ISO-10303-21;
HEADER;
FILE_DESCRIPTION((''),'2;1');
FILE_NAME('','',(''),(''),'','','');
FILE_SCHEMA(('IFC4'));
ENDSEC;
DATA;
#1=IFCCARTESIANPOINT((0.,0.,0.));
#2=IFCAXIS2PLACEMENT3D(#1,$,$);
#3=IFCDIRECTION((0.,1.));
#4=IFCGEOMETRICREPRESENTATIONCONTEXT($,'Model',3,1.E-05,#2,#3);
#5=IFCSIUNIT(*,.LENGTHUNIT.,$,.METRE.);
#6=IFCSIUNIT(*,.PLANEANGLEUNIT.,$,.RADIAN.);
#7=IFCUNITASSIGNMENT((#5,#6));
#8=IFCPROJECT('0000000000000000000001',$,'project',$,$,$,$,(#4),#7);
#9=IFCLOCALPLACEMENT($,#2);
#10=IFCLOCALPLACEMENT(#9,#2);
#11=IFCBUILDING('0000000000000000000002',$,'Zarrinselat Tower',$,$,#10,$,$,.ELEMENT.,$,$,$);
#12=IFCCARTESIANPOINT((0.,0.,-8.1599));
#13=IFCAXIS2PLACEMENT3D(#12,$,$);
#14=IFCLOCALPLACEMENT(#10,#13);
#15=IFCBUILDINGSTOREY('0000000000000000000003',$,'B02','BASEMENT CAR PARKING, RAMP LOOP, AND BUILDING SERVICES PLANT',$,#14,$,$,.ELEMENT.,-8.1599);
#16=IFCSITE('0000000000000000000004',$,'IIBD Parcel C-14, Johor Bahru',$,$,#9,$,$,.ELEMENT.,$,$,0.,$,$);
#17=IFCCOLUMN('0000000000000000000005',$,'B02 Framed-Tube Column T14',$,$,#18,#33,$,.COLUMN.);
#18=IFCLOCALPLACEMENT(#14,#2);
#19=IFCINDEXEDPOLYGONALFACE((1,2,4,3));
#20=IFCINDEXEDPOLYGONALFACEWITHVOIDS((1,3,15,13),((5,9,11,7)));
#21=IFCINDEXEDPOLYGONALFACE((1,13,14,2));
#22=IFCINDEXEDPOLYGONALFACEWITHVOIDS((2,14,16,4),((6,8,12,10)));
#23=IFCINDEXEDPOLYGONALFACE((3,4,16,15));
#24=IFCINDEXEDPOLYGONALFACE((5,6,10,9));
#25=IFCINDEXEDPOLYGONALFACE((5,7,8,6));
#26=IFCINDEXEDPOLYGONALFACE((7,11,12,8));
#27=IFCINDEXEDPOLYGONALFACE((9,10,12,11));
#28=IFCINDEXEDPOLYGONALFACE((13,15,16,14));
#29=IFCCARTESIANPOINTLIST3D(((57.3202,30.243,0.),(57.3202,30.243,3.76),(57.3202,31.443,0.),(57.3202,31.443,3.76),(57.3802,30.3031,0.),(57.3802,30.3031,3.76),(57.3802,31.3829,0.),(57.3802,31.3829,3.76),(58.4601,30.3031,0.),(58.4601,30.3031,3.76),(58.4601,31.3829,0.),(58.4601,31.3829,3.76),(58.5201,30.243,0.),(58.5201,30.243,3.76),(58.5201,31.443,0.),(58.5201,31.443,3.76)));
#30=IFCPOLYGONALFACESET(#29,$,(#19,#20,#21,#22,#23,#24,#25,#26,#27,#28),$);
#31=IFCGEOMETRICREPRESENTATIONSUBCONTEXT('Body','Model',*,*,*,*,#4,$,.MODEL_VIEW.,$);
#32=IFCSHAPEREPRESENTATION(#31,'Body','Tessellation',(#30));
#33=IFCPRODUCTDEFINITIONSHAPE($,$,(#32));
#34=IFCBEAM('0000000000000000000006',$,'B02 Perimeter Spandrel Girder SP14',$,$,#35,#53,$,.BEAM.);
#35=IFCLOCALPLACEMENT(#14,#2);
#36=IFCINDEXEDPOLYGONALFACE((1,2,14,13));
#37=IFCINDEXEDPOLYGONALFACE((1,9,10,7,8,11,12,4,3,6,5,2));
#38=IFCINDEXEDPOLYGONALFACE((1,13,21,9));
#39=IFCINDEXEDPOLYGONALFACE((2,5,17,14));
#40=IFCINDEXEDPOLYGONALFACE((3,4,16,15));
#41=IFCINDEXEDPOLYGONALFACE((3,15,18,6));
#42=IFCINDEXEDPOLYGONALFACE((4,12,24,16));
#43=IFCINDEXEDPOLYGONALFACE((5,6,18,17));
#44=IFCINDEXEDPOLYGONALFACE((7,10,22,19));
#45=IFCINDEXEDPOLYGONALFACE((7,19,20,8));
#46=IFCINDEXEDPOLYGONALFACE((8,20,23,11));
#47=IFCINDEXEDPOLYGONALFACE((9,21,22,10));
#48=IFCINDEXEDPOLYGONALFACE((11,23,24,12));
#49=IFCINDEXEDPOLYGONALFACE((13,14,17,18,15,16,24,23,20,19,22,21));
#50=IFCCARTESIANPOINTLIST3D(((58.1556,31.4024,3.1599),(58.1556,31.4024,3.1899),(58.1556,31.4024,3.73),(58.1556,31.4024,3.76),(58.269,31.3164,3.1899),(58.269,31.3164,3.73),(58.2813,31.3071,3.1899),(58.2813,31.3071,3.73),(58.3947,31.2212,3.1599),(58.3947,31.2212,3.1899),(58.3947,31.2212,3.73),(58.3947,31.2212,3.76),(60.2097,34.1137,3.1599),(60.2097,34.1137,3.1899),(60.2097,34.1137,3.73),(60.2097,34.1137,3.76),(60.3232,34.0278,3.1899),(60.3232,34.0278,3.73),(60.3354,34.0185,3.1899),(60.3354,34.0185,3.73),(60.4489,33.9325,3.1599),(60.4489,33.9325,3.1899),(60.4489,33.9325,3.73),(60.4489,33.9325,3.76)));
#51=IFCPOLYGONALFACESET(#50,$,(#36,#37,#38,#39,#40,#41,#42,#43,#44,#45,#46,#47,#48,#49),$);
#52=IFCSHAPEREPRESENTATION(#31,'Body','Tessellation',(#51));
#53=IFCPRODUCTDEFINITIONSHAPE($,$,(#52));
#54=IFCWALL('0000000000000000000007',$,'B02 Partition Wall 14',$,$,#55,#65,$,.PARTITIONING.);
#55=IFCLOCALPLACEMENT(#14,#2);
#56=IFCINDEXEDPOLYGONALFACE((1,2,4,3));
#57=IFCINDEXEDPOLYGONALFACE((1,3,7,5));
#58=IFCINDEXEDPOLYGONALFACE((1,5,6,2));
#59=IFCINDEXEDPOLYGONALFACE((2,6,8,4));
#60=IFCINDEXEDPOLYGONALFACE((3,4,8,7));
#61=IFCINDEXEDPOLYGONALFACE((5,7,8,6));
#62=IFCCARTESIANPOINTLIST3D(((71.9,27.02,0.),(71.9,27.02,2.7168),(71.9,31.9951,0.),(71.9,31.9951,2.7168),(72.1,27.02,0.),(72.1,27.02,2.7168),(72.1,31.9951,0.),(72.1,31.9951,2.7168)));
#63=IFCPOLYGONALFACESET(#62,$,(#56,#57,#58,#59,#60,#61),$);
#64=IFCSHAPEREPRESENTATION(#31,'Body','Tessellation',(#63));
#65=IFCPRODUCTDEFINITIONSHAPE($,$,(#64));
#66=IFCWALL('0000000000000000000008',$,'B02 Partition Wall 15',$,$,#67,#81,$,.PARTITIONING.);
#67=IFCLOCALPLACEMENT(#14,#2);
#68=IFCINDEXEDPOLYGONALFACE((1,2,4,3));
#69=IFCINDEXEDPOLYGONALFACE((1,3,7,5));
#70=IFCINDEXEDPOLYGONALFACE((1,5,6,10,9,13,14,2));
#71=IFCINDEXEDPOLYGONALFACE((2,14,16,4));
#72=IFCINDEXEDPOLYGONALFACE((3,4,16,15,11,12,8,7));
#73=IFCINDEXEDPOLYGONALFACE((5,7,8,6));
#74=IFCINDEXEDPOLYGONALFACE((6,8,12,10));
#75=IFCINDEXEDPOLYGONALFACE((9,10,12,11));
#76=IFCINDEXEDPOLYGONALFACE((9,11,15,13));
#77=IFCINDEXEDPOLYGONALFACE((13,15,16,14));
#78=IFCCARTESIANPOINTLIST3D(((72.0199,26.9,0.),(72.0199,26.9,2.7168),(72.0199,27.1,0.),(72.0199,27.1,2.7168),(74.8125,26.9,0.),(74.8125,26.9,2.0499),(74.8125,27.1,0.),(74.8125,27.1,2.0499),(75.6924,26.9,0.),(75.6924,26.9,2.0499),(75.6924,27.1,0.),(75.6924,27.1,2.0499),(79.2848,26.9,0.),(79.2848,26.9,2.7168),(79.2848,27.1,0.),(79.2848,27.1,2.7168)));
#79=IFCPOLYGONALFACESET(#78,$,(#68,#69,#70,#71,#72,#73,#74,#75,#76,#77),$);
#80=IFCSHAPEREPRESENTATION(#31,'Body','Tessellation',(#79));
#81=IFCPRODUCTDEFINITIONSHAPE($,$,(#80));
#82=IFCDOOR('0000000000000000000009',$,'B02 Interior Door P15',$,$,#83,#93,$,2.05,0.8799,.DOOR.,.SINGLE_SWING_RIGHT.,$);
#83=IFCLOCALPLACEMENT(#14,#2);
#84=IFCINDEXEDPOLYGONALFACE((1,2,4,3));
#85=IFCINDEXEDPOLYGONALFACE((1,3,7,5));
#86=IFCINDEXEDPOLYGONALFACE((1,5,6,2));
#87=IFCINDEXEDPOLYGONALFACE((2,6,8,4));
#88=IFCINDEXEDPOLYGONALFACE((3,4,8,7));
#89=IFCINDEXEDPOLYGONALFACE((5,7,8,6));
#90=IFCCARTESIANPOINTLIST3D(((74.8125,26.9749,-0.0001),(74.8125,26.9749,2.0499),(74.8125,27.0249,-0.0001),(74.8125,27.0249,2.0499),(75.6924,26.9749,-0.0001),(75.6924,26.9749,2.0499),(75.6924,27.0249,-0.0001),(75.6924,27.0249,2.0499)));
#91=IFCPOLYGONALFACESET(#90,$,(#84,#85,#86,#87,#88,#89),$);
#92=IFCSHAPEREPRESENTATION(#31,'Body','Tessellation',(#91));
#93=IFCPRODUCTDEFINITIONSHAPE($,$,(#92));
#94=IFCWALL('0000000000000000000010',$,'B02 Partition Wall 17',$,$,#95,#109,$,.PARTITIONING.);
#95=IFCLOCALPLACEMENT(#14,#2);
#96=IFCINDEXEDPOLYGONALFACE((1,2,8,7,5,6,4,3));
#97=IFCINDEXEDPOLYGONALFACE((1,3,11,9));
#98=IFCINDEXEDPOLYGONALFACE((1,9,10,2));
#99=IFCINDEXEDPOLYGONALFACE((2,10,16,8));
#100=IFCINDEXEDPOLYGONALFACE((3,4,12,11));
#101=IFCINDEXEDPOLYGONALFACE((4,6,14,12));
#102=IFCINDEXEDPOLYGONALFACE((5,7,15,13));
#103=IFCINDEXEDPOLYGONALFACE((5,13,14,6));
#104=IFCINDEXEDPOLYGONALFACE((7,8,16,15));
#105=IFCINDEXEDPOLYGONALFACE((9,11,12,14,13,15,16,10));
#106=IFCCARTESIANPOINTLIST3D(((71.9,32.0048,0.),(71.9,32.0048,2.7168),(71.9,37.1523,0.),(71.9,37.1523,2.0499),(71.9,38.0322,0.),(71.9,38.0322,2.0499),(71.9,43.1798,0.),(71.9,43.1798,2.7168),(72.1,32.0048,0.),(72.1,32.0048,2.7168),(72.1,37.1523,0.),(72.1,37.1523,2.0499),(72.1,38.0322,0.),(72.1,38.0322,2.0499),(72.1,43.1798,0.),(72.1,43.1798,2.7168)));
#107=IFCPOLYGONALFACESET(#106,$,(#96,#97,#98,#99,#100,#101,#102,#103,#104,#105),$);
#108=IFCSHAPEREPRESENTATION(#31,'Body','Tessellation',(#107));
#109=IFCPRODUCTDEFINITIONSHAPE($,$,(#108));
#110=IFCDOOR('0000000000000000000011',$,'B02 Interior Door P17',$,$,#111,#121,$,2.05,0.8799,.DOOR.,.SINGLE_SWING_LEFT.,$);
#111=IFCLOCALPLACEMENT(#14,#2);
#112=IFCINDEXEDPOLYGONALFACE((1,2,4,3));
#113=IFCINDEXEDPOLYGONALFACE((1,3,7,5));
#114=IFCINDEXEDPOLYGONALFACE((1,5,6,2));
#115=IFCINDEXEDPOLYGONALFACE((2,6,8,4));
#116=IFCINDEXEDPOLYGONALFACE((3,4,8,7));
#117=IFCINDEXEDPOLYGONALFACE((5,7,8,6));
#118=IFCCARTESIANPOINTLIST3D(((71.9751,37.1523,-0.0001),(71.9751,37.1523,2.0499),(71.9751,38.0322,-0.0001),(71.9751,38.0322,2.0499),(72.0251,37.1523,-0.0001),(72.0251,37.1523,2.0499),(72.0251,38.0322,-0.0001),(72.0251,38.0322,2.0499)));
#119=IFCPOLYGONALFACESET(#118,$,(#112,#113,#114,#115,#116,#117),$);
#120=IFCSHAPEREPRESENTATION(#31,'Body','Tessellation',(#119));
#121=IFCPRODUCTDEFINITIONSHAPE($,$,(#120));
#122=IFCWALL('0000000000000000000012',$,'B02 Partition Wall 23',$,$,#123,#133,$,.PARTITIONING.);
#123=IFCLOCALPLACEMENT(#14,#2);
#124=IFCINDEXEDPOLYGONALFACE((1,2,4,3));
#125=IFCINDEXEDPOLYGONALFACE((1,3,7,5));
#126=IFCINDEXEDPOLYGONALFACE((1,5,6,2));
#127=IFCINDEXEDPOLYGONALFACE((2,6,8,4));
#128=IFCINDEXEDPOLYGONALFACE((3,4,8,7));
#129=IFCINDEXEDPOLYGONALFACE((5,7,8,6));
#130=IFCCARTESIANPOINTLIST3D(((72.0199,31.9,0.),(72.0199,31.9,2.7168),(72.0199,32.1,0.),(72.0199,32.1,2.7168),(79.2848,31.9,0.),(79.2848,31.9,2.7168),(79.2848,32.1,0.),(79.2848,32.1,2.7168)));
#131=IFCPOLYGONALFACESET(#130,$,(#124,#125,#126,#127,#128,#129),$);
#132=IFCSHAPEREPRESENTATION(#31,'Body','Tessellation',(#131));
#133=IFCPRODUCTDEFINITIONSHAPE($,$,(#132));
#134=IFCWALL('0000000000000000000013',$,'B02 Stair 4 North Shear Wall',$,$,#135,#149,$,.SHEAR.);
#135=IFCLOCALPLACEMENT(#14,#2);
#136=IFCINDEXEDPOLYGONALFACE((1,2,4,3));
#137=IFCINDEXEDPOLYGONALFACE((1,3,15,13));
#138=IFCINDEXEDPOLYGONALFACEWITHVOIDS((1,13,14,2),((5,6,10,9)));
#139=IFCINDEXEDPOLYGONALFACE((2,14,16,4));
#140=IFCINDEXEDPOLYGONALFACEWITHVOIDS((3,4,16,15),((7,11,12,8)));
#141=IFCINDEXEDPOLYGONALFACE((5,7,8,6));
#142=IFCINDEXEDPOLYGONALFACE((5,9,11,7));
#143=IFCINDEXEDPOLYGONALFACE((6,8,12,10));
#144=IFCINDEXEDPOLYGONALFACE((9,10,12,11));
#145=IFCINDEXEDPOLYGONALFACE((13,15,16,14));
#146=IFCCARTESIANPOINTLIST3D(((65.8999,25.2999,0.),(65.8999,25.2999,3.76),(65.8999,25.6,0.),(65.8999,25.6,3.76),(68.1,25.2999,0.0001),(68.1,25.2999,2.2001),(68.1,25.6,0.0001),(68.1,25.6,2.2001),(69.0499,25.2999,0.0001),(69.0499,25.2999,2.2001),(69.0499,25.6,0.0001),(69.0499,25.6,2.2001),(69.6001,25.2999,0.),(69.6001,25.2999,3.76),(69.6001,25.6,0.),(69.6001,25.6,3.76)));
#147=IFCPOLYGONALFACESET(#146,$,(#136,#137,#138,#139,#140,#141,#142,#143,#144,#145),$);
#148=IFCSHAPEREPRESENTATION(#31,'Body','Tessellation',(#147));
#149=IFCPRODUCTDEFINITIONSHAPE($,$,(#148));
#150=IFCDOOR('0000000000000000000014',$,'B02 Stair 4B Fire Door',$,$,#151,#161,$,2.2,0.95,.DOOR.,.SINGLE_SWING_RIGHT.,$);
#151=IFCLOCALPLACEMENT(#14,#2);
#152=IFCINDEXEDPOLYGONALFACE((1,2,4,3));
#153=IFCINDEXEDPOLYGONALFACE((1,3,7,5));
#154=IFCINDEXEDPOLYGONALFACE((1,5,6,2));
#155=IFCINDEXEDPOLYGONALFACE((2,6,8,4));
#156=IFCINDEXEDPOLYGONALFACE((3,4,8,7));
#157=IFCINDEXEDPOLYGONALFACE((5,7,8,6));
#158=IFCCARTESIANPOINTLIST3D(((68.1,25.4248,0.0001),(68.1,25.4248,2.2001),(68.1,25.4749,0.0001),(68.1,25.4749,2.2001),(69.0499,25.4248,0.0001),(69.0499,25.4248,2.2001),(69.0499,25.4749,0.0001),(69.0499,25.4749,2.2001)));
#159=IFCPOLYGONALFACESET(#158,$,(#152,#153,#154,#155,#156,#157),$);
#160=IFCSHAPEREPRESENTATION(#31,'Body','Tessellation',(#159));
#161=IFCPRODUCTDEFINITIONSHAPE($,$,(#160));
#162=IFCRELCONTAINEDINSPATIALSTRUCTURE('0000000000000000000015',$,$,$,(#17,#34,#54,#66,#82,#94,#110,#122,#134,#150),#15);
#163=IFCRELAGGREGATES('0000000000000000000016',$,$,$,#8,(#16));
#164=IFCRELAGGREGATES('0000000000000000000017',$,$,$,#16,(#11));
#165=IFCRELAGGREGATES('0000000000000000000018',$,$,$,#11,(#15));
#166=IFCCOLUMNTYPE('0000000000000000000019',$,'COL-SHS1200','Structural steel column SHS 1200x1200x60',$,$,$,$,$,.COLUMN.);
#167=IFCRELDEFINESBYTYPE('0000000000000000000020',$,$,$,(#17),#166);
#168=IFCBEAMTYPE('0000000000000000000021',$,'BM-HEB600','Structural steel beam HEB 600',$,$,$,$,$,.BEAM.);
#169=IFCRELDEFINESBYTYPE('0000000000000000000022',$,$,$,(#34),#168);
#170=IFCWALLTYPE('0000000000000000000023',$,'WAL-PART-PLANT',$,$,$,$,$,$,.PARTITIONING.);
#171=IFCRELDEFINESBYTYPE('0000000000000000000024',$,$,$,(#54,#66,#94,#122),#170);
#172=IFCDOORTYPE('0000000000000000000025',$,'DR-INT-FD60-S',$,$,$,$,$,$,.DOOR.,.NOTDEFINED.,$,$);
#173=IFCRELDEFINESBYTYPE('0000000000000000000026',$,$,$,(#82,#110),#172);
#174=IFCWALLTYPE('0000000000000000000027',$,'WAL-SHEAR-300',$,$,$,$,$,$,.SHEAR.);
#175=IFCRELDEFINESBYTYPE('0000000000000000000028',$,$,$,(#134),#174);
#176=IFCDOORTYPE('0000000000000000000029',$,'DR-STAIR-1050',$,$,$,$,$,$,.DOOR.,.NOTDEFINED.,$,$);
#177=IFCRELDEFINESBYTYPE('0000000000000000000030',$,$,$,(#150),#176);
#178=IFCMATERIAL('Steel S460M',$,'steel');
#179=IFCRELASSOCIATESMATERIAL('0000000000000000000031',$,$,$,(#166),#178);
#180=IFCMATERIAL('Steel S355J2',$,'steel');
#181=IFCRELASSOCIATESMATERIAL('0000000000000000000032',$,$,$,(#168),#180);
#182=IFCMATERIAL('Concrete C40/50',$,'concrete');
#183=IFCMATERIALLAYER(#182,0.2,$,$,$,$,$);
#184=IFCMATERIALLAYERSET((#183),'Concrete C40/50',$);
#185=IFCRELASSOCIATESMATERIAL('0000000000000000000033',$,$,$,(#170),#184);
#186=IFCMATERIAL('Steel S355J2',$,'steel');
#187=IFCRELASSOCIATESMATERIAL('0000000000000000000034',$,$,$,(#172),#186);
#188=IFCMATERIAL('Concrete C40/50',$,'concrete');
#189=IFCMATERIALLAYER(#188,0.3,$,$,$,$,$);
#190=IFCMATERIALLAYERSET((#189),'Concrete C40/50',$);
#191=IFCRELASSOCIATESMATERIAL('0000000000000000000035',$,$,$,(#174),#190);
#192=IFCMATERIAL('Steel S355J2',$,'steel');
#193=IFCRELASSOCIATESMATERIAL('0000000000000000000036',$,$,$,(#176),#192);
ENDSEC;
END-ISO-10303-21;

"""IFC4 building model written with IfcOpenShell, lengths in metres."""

from ifc_helpers import new_model, si_unit, direction, frame, frame_2d, origin, origin_2d, place, context, subcontext, project, spatial, rectangle, hollow_rectangle, i_section, extrude, material, layer, layer_set, material_profile, profile_set, type_object, element, fill, save


model = new_model("IFC4")

# Units and contexts
model_context = context("Model", 3, precision=1e-05, world=origin(), true_north=direction((0.0, 1.0)))
body_context = subcontext(model_context, "Body", "Model", "MODEL_VIEW")
ifc_project = project(units=[si_unit("LENGTHUNIT", "METRE"), si_unit("PLANEANGLEUNIT", "RADIAN")], contexts=[model_context])

# Site, building, storey
site_placement = place(None, origin())
site = spatial("IfcSite", under=ifc_project, at=site_placement, Name="IIBD Parcel C-14, Johor Bahru", CompositionType="ELEMENT", RefElevation=0.0)
building_placement = place(site_placement, origin())
building = spatial("IfcBuilding", under=site, at=building_placement, Name="Zarrinselat Tower", CompositionType="ELEMENT")
storey_placement = place(building_placement, frame((0.0, 0.0, -8.1599)))
storey = spatial("IfcBuildingStorey", under=building, at=storey_placement, Name="B02", Description="BASEMENT CAR PARKING, RAMP LOOP, AND BUILDING SERVICES PLANT", CompositionType="ELEMENT", Elevation=-8.1599)

# Column
ifc_material_1 = material(Name="Steel S460M", Category="steel")
ifc_material_profile_1 = material_profile(ifc_material_1, hollow_rectangle(XDim=1.2, YDim=1.2, WallThickness=0.0601, at=origin_2d()), Name="SHS 1200x1200x60")
ifc_profile_set_1 = profile_set([ifc_material_profile_1], Name="Steel S460M")
column_type_1 = type_object("IfcColumnType", Name="COL-SHS1200", Description="Structural steel column SHS 1200x1200x60", PredefinedType="COLUMN", material=ifc_profile_set_1)
column_placement = place(storey_placement, frame((57.9202, 30.843, 0.0), z_axis=(0.0, 0.0, 1.0), x_axis=(1.0, 0.0, 0.0)))
element("IfcColumn", 1, at=column_placement, inside=storey, type_object=column_type_1, Name="B02 Framed-Tube Column T14", PredefinedType="COLUMN", context=body_context, shape_type="SweptSolid", body=[
    extrude(hollow_rectangle(XDim=1.2, YDim=1.2, WallThickness=0.0601, at=origin_2d()), origin(), (0.0, 0.0, 1.0), 3.76),
])

# Beam
ifc_material_2 = material(Name="Steel S355J2", Category="steel")
ifc_material_profile_2 = material_profile(ifc_material_2, i_section(OverallWidth=0.3, OverallDepth=0.6001, WebThickness=0.0154, FlangeThickness=0.03, at=origin_2d()), Name="HEB 600")
ifc_profile_set_2 = profile_set([ifc_material_profile_2], Name="Steel S355J2")
beam_type = type_object("IfcBeamType", Name="BM-HEB600", Description="Structural steel beam HEB 600", PredefinedType="BEAM", material=ifc_profile_set_2)
beam_placement = place(storey_placement, frame((58.2751, 31.3118, 3.46), z_axis=(0.603874, 0.79708, 0.0), x_axis=(-0.79708, 0.603874, 0.0)))
element("IfcBeam", 2, at=beam_placement, inside=storey, type_object=beam_type, Name="B02 Perimeter Spandrel Girder SP14", PredefinedType="BEAM", context=body_context, shape_type="SweptSolid", body=[
    extrude(i_section(OverallWidth=0.3, OverallDepth=0.6001, WebThickness=0.0154, FlangeThickness=0.03, at=origin_2d()), origin(), (0.0, 0.0, 1.0), 3.4016),
])

# Wall
ifc_material_3 = material(Name="Concrete C40/50", Category="concrete")
ifc_layer_1 = layer(ifc_material_3, 0.2)
ifc_layer_set_1 = layer_set([ifc_layer_1], Name="Concrete C40/50")
wall_type_1 = type_object("IfcWallType", Name="WAL-PART-PLANT", PredefinedType="PARTITIONING", material=ifc_layer_set_1)
wall_1_placement = place(storey_placement, frame((72.0, 27.02, 0.0), z_axis=(0.0, 0.0, 1.0), x_axis=(0.0, 1.0, 0.0)))
element("IfcWall", 3, at=wall_1_placement, inside=storey, type_object=wall_type_1, Name="B02 Partition Wall 14", PredefinedType="PARTITIONING", context=body_context, shape_type="SweptSolid", body=[
    extrude(rectangle(XDim=4.9751, YDim=0.2, at=frame_2d((2.4875, 0.0))), origin(), (0.0, 0.0, 1.0), 2.7168),
])

# Walls, openings, doors
wall_2_placement = place(storey_placement, frame((72.02, 27.0, 0.0), z_axis=(0.0, 0.0, 1.0), x_axis=(1.0, 0.0, 0.0)))
wall_2 = element("IfcWall", 4, at=wall_2_placement, inside=storey, type_object=wall_type_1, Name="B02 Partition Wall 15", PredefinedType="PARTITIONING", context=body_context, shape_type="SweptSolid", body=[
    extrude(rectangle(XDim=7.2649, YDim=0.2, at=frame_2d((3.6323, 0.0))), origin(), (0.0, 0.0, 1.0), 2.7168),
])
opening_1_placement = place(wall_2_placement, frame((2.7925, 0.0, 0.0)))
opening_1 = element("IfcOpeningElement", 5, at=opening_1_placement, cuts=wall_2, PredefinedType="OPENING", context=body_context, shape_type="SweptSolid", body=[
    extrude(rectangle(XDim=0.8799, YDim=2.05, at=frame_2d((0.4399, 1.0249))), frame((0.0, 0.1099, 0.0), z_axis=(0.0, -1.0, 0.0), x_axis=(1.0, 0.0, 0.0)), (0.0, 0.0, 1.0), 0.22),
])
ifc_material_4 = material(Name="Steel S355J2", Category="steel")
door_type_1 = type_object("IfcDoorType", Name="DR-INT-FD60-S", OperationType="NOTDEFINED", PredefinedType="DOOR", material=ifc_material_4)
door_1_placement = place(opening_1_placement, origin())
door_1 = element("IfcDoor", 6, at=door_1_placement, inside=storey, type_object=door_type_1, Name="B02 Interior Door P15", OperationType="SINGLE_SWING_RIGHT", OverallHeight=2.05, OverallWidth=0.8799, PredefinedType="DOOR", context=body_context, shape_type="SweptSolid", body=[
    extrude(rectangle(XDim=0.8799, YDim=2.05, at=frame_2d((0.4399, 1.0249))), frame((0.0, 0.0249, 0.0), z_axis=(0.0, -1.0, 0.0), x_axis=(1.0, 0.0, 0.0)), (0.0, 0.0, 1.0), 0.05),
])
fill(opening_1, door_1)
wall_3_placement = place(storey_placement, frame((72.0, 32.0049, 0.0), z_axis=(0.0, 0.0, 1.0), x_axis=(0.0, 1.0, 0.0)))
wall_3 = element("IfcWall", 7, at=wall_3_placement, inside=storey, type_object=wall_type_1, Name="B02 Partition Wall 17", PredefinedType="PARTITIONING", context=body_context, shape_type="SweptSolid", body=[
    extrude(rectangle(XDim=11.175, YDim=0.2, at=frame_2d((5.5874, 0.0))), origin(), (0.0, 0.0, 1.0), 2.7168),
])
opening_2_placement = place(wall_3_placement, frame((5.1475, 0.0, 0.0)))
opening_2 = element("IfcOpeningElement", 8, at=opening_2_placement, cuts=wall_3, PredefinedType="OPENING", context=body_context, shape_type="SweptSolid", body=[
    extrude(rectangle(XDim=0.8799, YDim=2.05, at=frame_2d((0.4399, 1.0249))), frame((0.0, 0.1099, 0.0), z_axis=(0.0, -1.0, 0.0), x_axis=(1.0, 0.0, 0.0)), (0.0, 0.0, 1.0), 0.22),
])
door_2_placement = place(opening_2_placement, origin())
door_2 = element("IfcDoor", 9, at=door_2_placement, inside=storey, type_object=door_type_1, Name="B02 Interior Door P17", OperationType="SINGLE_SWING_LEFT", OverallHeight=2.05, OverallWidth=0.8799, PredefinedType="DOOR", context=body_context, shape_type="SweptSolid", body=[
    extrude(rectangle(XDim=0.8799, YDim=2.05, at=frame_2d((0.4399, 1.0249))), frame((0.0, 0.0249, 0.0), z_axis=(0.0, -1.0, 0.0), x_axis=(1.0, 0.0, 0.0)), (0.0, 0.0, 1.0), 0.05),
])
fill(opening_2, door_2)

# Wall
wall_4_placement = place(storey_placement, frame((72.02, 32.0, 0.0), z_axis=(0.0, 0.0, 1.0), x_axis=(1.0, 0.0, 0.0)))
element("IfcWall", 10, at=wall_4_placement, inside=storey, type_object=wall_type_1, Name="B02 Partition Wall 23", PredefinedType="PARTITIONING", context=body_context, shape_type="SweptSolid", body=[
    extrude(rectangle(XDim=7.2649, YDim=0.2, at=frame_2d((3.6323, 0.0))), origin(), (0.0, 0.0, 1.0), 2.7168),
])

# Wall, opening, door
ifc_material_5 = material(Name="Concrete C40/50", Category="concrete")
ifc_layer_2 = layer(ifc_material_5, 0.3)
ifc_layer_set_2 = layer_set([ifc_layer_2], Name="Concrete C40/50")
wall_type_2 = type_object("IfcWallType", Name="WAL-SHEAR-300", PredefinedType="SHEAR", material=ifc_layer_set_2)
wall_5_placement = place(storey_placement, frame((65.8999, 25.45, 0.0), z_axis=(0.0, 0.0, 1.0), x_axis=(1.0, 0.0, 0.0)))
wall_5 = element("IfcWall", 11, at=wall_5_placement, inside=storey, type_object=wall_type_2, Name="B02 Stair 4 North Shear Wall", PredefinedType="SHEAR", context=body_context, shape_type="SweptSolid", body=[
    extrude(rectangle(XDim=3.7002, YDim=0.3, at=frame_2d((1.8501, 0.0))), origin(), (0.0, 0.0, 1.0), 3.76),
])
opening_3_placement = place(wall_5_placement, frame((2.2, 0.0, 0.0)))
opening_3 = element("IfcOpeningElement", 12, at=opening_3_placement, cuts=wall_5, PredefinedType="OPENING", context=body_context, shape_type="SweptSolid", body=[
    extrude(rectangle(XDim=0.95, YDim=2.2, at=frame_2d((0.4751, 1.1001))), frame((0.0, 0.1599, 0.0), z_axis=(0.0, -1.0, 0.0), x_axis=(1.0, 0.0, 0.0)), (0.0, 0.0, 1.0), 0.3201),
])
ifc_material_6 = material(Name="Steel S355J2", Category="steel")
door_type_2 = type_object("IfcDoorType", Name="DR-STAIR-1050", OperationType="NOTDEFINED", PredefinedType="DOOR", material=ifc_material_6)
door_3_placement = place(opening_3_placement, origin())
door_3 = element("IfcDoor", 13, at=door_3_placement, inside=storey, type_object=door_type_2, Name="B02 Stair 4B Fire Door", OperationType="SINGLE_SWING_RIGHT", OverallHeight=2.2, OverallWidth=0.95, PredefinedType="DOOR", context=body_context, shape_type="SweptSolid", body=[
    extrude(rectangle(XDim=0.95, YDim=2.2, at=frame_2d((0.4751, 1.1001))), frame((0.0, 0.0249, 0.0), z_axis=(0.0, -1.0, 0.0), x_axis=(1.0, 0.0, 0.0)), (0.0, 0.0, 1.0), 0.05),
])
fill(opening_3, door_3)

save(model, "model.ifc")
